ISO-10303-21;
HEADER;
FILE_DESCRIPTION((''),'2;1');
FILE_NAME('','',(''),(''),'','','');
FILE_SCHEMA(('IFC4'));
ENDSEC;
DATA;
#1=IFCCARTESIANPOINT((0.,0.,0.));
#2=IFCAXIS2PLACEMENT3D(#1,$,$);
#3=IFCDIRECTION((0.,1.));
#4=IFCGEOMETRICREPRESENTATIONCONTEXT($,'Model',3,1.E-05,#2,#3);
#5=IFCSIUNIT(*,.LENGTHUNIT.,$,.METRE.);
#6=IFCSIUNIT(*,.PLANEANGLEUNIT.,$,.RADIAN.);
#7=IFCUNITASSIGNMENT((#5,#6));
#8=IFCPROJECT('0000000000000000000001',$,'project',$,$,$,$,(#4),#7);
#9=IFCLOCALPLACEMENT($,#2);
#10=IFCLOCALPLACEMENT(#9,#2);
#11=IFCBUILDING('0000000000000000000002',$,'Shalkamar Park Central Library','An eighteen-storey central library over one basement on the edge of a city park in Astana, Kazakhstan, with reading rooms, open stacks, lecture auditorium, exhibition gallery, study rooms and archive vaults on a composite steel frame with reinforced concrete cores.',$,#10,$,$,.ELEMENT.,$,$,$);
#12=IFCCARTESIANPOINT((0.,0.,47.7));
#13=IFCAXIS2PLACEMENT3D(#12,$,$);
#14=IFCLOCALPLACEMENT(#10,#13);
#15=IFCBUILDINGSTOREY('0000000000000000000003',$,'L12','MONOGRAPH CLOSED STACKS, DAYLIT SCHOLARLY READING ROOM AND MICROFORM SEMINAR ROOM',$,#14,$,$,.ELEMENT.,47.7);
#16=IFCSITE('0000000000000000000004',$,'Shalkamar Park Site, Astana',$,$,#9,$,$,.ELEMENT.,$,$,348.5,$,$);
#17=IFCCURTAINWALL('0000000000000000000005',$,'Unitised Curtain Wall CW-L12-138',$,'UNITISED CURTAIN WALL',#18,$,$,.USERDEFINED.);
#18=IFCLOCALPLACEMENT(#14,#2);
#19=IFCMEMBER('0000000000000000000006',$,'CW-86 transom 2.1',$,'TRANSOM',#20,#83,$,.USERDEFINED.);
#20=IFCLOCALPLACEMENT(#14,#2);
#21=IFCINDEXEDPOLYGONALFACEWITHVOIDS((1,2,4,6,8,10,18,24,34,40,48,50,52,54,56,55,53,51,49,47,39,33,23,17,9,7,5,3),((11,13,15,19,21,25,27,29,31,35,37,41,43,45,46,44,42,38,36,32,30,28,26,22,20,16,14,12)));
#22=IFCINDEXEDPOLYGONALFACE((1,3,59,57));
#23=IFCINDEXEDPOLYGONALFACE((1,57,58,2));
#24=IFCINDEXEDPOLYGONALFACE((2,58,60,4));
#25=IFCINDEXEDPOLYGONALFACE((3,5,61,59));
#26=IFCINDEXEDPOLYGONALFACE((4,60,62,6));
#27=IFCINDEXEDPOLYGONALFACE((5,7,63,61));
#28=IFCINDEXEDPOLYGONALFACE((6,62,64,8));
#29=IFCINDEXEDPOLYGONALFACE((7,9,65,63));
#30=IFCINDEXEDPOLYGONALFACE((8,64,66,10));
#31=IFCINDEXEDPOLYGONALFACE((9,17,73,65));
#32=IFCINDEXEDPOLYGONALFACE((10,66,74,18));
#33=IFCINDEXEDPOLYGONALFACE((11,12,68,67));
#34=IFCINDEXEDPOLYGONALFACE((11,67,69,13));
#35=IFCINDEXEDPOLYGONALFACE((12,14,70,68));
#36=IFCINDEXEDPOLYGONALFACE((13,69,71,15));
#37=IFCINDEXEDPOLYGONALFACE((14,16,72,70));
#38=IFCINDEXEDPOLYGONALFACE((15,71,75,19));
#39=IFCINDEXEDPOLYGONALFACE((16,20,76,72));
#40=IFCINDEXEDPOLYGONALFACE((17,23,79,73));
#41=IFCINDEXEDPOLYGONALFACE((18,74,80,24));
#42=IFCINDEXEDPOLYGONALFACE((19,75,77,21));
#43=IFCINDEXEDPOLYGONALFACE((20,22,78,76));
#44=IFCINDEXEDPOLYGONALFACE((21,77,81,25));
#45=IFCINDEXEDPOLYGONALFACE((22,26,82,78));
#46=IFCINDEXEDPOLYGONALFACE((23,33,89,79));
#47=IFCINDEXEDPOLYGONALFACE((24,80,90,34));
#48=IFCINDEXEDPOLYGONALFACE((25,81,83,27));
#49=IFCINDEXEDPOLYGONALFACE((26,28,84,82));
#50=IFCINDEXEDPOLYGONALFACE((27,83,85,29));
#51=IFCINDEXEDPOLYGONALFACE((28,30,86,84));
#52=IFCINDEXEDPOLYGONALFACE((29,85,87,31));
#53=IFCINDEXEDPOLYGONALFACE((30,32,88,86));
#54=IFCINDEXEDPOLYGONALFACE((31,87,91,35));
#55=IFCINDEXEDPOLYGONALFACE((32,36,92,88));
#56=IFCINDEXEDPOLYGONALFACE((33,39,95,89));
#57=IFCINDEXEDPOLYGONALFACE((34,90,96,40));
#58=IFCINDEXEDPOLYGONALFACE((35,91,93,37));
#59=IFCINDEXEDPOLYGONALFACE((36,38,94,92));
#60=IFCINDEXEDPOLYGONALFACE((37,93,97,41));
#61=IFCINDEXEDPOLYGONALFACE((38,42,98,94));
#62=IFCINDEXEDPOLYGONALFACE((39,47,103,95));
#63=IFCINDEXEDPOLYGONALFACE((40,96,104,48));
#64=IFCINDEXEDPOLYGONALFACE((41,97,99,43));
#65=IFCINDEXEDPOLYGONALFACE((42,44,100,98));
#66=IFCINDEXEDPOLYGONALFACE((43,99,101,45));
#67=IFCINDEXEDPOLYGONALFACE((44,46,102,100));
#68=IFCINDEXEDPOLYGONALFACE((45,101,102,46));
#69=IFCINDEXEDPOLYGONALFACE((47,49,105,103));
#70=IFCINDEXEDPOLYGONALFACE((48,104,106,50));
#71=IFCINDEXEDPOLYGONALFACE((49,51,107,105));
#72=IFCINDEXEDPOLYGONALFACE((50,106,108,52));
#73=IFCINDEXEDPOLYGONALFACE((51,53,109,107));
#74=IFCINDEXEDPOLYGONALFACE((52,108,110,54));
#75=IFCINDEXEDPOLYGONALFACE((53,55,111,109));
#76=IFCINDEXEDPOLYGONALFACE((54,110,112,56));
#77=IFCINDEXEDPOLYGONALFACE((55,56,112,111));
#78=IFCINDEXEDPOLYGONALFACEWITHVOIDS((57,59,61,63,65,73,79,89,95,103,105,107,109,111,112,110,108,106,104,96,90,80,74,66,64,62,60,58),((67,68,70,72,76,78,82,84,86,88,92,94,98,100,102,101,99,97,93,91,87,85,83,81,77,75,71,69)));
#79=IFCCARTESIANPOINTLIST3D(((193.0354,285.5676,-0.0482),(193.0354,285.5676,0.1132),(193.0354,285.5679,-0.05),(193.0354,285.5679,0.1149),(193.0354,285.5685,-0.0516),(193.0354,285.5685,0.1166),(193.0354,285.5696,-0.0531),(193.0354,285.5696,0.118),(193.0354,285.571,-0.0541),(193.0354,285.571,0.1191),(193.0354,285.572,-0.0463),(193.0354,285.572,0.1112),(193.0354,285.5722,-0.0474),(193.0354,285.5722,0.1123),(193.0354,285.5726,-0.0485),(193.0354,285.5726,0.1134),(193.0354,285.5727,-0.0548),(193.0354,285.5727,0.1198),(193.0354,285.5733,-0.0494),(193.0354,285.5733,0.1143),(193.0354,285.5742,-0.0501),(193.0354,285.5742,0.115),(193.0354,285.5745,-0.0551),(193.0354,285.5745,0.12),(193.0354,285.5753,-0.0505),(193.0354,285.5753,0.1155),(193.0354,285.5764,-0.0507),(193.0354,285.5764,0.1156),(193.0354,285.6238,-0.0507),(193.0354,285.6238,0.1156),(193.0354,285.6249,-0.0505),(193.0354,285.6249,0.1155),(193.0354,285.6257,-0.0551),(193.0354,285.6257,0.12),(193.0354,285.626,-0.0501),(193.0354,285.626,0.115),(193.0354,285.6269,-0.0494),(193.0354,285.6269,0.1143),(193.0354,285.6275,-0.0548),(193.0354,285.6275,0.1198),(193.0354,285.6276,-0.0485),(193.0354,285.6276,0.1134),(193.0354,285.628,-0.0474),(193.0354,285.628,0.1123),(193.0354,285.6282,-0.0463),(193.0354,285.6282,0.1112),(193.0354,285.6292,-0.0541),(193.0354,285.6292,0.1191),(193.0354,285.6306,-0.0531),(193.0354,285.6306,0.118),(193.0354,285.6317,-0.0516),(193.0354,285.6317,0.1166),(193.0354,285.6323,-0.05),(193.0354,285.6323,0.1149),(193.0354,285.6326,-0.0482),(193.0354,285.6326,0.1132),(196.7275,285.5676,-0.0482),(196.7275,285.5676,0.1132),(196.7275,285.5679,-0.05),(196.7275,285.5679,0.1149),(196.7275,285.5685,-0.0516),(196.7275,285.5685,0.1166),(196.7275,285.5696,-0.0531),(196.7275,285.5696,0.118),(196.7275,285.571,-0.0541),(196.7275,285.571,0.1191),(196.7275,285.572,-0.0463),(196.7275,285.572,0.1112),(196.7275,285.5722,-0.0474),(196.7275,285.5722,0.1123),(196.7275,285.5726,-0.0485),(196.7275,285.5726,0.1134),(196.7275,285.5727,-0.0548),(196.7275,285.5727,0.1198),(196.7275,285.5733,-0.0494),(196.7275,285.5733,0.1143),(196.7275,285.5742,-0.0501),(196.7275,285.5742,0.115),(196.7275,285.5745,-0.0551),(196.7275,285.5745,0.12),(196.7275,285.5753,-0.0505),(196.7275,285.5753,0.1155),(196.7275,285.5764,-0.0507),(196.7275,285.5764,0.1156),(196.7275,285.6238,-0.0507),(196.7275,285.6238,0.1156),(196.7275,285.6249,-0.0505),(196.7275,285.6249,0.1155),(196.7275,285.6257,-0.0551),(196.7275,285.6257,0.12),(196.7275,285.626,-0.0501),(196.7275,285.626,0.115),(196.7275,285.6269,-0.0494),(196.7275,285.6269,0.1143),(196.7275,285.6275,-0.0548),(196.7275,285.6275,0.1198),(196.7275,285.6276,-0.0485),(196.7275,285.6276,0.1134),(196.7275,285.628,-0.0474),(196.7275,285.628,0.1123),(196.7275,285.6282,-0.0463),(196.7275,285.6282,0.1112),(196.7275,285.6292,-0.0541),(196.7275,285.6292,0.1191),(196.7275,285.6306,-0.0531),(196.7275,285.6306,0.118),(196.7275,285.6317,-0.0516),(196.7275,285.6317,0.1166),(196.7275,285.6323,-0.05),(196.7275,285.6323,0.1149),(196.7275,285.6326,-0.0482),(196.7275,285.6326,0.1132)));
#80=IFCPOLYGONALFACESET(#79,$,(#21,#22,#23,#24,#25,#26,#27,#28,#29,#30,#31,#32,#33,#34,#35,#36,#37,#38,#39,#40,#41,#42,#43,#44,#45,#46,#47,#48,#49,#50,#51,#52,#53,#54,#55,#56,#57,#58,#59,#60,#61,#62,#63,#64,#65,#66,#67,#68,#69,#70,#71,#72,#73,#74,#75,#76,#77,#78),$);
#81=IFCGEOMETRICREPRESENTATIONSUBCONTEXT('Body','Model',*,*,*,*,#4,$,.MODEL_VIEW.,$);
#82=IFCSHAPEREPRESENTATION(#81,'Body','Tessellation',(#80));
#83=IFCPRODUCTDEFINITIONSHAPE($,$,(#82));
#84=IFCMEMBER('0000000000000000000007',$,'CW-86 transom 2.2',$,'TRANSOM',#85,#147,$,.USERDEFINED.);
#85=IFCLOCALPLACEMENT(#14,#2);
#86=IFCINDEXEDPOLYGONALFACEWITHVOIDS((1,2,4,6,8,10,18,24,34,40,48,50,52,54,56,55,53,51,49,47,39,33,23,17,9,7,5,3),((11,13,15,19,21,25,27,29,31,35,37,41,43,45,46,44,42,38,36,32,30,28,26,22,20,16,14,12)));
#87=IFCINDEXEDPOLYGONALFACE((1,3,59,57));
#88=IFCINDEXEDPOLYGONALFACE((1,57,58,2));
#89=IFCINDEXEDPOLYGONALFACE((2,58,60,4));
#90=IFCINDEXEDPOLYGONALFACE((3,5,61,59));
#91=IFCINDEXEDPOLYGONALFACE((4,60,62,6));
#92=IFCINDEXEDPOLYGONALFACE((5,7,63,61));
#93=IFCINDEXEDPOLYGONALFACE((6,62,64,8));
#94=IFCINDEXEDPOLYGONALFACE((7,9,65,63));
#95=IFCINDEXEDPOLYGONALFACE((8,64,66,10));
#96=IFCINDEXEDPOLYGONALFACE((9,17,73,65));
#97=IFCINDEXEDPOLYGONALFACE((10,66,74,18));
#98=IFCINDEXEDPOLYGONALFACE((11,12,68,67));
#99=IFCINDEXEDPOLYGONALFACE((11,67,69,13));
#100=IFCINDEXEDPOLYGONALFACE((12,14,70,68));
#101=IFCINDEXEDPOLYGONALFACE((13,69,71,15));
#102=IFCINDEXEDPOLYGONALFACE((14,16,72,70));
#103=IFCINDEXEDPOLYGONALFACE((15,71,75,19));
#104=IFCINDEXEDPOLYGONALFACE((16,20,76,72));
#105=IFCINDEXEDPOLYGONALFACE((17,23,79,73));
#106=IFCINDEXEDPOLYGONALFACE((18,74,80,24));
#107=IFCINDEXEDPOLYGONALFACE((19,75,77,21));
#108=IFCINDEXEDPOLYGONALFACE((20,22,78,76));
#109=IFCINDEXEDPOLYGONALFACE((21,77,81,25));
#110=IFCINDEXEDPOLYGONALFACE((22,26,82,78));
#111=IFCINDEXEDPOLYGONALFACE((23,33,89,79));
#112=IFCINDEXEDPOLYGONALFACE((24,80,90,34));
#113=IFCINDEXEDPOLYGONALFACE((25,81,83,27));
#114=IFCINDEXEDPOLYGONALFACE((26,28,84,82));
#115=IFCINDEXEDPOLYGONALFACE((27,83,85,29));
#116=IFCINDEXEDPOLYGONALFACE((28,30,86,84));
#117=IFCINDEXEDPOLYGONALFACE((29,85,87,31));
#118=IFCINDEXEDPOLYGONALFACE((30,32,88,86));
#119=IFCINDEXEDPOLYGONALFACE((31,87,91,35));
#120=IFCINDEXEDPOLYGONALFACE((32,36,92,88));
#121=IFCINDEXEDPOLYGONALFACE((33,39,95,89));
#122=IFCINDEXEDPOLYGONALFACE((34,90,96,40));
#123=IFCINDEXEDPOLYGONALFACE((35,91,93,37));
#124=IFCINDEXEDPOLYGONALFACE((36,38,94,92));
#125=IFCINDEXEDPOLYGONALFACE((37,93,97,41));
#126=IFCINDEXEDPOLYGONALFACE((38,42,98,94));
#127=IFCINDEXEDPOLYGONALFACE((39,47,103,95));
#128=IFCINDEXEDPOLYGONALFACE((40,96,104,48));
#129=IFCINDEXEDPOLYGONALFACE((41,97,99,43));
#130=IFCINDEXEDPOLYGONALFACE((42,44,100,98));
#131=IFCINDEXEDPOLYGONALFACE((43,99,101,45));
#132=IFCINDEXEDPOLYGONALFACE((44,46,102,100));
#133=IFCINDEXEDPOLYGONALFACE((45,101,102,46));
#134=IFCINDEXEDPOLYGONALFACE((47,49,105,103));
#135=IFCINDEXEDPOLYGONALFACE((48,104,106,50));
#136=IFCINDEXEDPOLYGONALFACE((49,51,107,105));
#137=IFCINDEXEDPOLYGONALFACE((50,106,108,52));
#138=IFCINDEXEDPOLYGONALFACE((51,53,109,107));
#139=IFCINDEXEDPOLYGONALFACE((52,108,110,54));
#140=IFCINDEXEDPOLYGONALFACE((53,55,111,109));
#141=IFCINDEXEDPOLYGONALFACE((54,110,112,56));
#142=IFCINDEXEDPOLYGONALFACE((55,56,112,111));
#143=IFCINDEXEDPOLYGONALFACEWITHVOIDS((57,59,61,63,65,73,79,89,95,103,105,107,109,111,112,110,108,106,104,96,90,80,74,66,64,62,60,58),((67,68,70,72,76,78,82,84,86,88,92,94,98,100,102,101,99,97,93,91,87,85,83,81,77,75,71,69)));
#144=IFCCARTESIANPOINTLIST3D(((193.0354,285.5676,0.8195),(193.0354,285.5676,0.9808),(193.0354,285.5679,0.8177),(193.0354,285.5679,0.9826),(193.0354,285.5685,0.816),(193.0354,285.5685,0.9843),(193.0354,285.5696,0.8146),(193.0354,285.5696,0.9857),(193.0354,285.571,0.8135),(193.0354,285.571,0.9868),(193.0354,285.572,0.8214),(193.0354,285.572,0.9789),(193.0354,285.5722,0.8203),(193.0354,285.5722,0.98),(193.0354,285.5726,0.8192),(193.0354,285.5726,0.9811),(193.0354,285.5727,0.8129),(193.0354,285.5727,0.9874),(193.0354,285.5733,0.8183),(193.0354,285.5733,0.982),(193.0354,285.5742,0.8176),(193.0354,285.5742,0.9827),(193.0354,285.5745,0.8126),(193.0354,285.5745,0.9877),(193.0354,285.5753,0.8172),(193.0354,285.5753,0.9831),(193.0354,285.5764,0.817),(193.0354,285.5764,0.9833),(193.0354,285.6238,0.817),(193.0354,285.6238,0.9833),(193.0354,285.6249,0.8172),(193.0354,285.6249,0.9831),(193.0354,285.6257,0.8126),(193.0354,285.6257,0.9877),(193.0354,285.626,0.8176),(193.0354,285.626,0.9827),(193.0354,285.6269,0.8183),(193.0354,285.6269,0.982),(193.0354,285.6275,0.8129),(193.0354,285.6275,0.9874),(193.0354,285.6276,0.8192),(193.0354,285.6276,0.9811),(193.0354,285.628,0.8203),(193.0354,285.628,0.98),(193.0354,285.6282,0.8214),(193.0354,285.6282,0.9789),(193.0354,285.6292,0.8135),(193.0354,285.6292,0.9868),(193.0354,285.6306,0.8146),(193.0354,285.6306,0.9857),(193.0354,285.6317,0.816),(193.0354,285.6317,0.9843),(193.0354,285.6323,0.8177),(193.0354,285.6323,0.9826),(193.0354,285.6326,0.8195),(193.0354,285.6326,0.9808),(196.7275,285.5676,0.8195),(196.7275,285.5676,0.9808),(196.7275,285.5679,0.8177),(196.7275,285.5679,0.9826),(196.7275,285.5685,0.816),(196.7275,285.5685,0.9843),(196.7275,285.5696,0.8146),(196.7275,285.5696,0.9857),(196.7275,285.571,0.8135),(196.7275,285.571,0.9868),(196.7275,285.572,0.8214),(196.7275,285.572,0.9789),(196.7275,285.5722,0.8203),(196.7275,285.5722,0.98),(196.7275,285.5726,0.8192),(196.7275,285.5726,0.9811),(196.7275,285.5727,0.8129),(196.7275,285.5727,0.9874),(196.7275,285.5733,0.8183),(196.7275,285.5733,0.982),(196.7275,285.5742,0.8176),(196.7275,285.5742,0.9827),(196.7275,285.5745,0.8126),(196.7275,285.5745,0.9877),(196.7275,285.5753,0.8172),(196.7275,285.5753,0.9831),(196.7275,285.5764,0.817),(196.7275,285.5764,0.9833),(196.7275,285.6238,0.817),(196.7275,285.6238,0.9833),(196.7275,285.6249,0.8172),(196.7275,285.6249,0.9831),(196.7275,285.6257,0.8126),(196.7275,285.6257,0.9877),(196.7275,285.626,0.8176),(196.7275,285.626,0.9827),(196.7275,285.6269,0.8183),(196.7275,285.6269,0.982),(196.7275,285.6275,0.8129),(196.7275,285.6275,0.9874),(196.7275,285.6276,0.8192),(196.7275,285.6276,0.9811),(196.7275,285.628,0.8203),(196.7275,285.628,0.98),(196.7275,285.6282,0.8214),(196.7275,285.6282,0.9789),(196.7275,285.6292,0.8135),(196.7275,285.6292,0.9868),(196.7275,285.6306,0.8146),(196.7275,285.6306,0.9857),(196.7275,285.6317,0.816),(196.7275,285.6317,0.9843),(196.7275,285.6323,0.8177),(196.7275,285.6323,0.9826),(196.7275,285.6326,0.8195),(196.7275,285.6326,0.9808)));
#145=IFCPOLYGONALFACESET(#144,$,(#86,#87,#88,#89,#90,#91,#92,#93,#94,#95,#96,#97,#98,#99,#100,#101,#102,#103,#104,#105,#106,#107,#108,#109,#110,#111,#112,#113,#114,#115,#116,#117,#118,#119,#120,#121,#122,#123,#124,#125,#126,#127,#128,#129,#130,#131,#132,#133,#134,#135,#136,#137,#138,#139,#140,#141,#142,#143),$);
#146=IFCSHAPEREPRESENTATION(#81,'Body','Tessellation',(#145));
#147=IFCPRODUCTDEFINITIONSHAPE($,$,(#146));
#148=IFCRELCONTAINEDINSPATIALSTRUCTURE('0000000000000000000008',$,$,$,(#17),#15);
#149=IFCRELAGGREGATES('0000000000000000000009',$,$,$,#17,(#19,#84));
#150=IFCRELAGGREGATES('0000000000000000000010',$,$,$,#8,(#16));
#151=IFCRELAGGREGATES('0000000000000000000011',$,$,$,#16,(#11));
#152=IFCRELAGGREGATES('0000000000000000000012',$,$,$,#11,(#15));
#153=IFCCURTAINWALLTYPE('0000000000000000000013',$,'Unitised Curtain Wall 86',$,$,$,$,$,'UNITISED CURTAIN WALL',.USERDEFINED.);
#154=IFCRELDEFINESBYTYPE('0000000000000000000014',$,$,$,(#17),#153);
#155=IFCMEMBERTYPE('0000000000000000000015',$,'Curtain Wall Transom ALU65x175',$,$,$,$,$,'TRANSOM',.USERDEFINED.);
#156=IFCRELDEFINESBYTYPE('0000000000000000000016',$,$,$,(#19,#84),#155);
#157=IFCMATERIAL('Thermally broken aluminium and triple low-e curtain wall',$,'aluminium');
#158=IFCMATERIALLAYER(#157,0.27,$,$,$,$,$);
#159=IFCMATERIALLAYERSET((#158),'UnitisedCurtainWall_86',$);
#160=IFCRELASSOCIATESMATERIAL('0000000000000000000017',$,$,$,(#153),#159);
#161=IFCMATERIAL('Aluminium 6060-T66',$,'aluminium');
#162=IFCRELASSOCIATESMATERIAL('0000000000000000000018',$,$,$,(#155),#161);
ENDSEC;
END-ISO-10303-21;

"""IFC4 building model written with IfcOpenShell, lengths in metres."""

from ifc_helpers import new_model, si_unit, direction, frame, origin, origin_2d, place, context, subcontext, project, spatial, hollow_rectangle, extrude, material, layer, layer_set, material_profile, profile_set, type_object, element, aggregate, save


model = new_model("IFC4")

# Units and contexts
model_context = context("Model", 3, precision=1e-05, world=origin(), true_north=direction((0.0, 1.0)))
body_context = subcontext(model_context, "Body", "Model", "MODEL_VIEW")
ifc_project = project(units=[si_unit("LENGTHUNIT", "METRE"), si_unit("PLANEANGLEUNIT", "RADIAN")], contexts=[model_context])

# Site, building, storey
site_placement = place(None, origin())
site = spatial("IfcSite", under=ifc_project, at=site_placement, Name="Shalkamar Park Site, Astana", CompositionType="ELEMENT", RefElevation=348.5)
building_placement = place(site_placement, origin())
building = spatial("IfcBuilding", under=site, at=building_placement, Name="Shalkamar Park Central Library", Description="An eighteen-storey central library over one basement on the edge of a city park in Astana, Kazakhstan, with reading rooms, open stacks, lecture auditorium, exhibition gallery, study rooms and archive vaults on a composite steel frame with reinforced concrete cores.", CompositionType="ELEMENT")
storey_placement = place(building_placement, frame((0.0, 0.0, 47.7)))
storey = spatial("IfcBuildingStorey", under=building, at=storey_placement, Name="L12", Description="MONOGRAPH CLOSED STACKS, DAYLIT SCHOLARLY READING ROOM AND MICROFORM SEMINAR ROOM", CompositionType="ELEMENT", Elevation=47.7)

# Curtain wall, members
ifc_material_1 = material(Name="Thermally broken aluminium and triple low-e curtain wall", Category="aluminium")
ifc_layer_1 = layer(ifc_material_1, 0.27)
ifc_layer_set_1 = layer_set([ifc_layer_1], Name="UnitisedCurtainWall_86")
curtain_wall_type = type_object("IfcCurtainWallType", Name="Unitised Curtain Wall 86", ElementType="UNITISED CURTAIN WALL", PredefinedType="USERDEFINED", material=ifc_layer_set_1)
curtain_wall_placement = place(storey_placement, origin())
curtain_wall = element("IfcCurtainWall", 1, at=curtain_wall_placement, inside=storey, type_object=curtain_wall_type, Name="Unitised Curtain Wall CW-L12-138", ObjectType="UNITISED CURTAIN WALL", PredefinedType="USERDEFINED")
ifc_material_2 = material(Name="Aluminium 6060-T66", Category="aluminium")
ifc_material_profile_1 = material_profile(ifc_material_2, hollow_rectangle(XDim=0.0649, YDim=0.175, WallThickness=0.0044, InnerFilletRadius=0.0044, OuterFilletRadius=0.0068, at=origin_2d()), Name="ALU 65x175x4.5")
ifc_profile_set_1 = profile_set([ifc_material_profile_1], Name="Aluminium 6060-T66")
member_type_1 = type_object("IfcMemberType", Name="Curtain Wall Transom ALU65x175", ElementType="TRANSOM", PredefinedType="USERDEFINED", material=ifc_profile_set_1)
member_1_placement = place(storey_placement, frame((193.0354, 285.6001, 0.0325), z_axis=(1.0, 0.0, 0.0), x_axis=(0.0, 1.0, 0.0)))
member_1 = element("IfcMember", 2, at=member_1_placement, type_object=member_type_1, Name="CW-86 transom 2.1", ObjectType="TRANSOM", PredefinedType="USERDEFINED", context=body_context, shape_type="SweptSolid", body=[
    extrude(hollow_rectangle(XDim=0.0649, YDim=0.175, WallThickness=0.0044, InnerFilletRadius=0.0044, OuterFilletRadius=0.0068, at=origin_2d()), origin(), (0.0, 0.0, 1.0), 3.6921),
])
member_2_placement = place(storey_placement, frame((193.0354, 285.6001, 0.9001), z_axis=(1.0, 0.0, 0.0), x_axis=(0.0, 1.0, 0.0)))
member_2 = element("IfcMember", 3, at=member_2_placement, type_object=member_type_1, Name="CW-86 transom 2.2", ObjectType="TRANSOM", PredefinedType="USERDEFINED", context=body_context, shape_type="SweptSolid", body=[
    extrude(hollow_rectangle(XDim=0.0649, YDim=0.175, WallThickness=0.0044, InnerFilletRadius=0.0044, OuterFilletRadius=0.0068, at=origin_2d()), origin(), (0.0, 0.0, 1.0), 3.6921),
])

aggregate(curtain_wall, [member_1, member_2])

save(model, "model.ifc")
